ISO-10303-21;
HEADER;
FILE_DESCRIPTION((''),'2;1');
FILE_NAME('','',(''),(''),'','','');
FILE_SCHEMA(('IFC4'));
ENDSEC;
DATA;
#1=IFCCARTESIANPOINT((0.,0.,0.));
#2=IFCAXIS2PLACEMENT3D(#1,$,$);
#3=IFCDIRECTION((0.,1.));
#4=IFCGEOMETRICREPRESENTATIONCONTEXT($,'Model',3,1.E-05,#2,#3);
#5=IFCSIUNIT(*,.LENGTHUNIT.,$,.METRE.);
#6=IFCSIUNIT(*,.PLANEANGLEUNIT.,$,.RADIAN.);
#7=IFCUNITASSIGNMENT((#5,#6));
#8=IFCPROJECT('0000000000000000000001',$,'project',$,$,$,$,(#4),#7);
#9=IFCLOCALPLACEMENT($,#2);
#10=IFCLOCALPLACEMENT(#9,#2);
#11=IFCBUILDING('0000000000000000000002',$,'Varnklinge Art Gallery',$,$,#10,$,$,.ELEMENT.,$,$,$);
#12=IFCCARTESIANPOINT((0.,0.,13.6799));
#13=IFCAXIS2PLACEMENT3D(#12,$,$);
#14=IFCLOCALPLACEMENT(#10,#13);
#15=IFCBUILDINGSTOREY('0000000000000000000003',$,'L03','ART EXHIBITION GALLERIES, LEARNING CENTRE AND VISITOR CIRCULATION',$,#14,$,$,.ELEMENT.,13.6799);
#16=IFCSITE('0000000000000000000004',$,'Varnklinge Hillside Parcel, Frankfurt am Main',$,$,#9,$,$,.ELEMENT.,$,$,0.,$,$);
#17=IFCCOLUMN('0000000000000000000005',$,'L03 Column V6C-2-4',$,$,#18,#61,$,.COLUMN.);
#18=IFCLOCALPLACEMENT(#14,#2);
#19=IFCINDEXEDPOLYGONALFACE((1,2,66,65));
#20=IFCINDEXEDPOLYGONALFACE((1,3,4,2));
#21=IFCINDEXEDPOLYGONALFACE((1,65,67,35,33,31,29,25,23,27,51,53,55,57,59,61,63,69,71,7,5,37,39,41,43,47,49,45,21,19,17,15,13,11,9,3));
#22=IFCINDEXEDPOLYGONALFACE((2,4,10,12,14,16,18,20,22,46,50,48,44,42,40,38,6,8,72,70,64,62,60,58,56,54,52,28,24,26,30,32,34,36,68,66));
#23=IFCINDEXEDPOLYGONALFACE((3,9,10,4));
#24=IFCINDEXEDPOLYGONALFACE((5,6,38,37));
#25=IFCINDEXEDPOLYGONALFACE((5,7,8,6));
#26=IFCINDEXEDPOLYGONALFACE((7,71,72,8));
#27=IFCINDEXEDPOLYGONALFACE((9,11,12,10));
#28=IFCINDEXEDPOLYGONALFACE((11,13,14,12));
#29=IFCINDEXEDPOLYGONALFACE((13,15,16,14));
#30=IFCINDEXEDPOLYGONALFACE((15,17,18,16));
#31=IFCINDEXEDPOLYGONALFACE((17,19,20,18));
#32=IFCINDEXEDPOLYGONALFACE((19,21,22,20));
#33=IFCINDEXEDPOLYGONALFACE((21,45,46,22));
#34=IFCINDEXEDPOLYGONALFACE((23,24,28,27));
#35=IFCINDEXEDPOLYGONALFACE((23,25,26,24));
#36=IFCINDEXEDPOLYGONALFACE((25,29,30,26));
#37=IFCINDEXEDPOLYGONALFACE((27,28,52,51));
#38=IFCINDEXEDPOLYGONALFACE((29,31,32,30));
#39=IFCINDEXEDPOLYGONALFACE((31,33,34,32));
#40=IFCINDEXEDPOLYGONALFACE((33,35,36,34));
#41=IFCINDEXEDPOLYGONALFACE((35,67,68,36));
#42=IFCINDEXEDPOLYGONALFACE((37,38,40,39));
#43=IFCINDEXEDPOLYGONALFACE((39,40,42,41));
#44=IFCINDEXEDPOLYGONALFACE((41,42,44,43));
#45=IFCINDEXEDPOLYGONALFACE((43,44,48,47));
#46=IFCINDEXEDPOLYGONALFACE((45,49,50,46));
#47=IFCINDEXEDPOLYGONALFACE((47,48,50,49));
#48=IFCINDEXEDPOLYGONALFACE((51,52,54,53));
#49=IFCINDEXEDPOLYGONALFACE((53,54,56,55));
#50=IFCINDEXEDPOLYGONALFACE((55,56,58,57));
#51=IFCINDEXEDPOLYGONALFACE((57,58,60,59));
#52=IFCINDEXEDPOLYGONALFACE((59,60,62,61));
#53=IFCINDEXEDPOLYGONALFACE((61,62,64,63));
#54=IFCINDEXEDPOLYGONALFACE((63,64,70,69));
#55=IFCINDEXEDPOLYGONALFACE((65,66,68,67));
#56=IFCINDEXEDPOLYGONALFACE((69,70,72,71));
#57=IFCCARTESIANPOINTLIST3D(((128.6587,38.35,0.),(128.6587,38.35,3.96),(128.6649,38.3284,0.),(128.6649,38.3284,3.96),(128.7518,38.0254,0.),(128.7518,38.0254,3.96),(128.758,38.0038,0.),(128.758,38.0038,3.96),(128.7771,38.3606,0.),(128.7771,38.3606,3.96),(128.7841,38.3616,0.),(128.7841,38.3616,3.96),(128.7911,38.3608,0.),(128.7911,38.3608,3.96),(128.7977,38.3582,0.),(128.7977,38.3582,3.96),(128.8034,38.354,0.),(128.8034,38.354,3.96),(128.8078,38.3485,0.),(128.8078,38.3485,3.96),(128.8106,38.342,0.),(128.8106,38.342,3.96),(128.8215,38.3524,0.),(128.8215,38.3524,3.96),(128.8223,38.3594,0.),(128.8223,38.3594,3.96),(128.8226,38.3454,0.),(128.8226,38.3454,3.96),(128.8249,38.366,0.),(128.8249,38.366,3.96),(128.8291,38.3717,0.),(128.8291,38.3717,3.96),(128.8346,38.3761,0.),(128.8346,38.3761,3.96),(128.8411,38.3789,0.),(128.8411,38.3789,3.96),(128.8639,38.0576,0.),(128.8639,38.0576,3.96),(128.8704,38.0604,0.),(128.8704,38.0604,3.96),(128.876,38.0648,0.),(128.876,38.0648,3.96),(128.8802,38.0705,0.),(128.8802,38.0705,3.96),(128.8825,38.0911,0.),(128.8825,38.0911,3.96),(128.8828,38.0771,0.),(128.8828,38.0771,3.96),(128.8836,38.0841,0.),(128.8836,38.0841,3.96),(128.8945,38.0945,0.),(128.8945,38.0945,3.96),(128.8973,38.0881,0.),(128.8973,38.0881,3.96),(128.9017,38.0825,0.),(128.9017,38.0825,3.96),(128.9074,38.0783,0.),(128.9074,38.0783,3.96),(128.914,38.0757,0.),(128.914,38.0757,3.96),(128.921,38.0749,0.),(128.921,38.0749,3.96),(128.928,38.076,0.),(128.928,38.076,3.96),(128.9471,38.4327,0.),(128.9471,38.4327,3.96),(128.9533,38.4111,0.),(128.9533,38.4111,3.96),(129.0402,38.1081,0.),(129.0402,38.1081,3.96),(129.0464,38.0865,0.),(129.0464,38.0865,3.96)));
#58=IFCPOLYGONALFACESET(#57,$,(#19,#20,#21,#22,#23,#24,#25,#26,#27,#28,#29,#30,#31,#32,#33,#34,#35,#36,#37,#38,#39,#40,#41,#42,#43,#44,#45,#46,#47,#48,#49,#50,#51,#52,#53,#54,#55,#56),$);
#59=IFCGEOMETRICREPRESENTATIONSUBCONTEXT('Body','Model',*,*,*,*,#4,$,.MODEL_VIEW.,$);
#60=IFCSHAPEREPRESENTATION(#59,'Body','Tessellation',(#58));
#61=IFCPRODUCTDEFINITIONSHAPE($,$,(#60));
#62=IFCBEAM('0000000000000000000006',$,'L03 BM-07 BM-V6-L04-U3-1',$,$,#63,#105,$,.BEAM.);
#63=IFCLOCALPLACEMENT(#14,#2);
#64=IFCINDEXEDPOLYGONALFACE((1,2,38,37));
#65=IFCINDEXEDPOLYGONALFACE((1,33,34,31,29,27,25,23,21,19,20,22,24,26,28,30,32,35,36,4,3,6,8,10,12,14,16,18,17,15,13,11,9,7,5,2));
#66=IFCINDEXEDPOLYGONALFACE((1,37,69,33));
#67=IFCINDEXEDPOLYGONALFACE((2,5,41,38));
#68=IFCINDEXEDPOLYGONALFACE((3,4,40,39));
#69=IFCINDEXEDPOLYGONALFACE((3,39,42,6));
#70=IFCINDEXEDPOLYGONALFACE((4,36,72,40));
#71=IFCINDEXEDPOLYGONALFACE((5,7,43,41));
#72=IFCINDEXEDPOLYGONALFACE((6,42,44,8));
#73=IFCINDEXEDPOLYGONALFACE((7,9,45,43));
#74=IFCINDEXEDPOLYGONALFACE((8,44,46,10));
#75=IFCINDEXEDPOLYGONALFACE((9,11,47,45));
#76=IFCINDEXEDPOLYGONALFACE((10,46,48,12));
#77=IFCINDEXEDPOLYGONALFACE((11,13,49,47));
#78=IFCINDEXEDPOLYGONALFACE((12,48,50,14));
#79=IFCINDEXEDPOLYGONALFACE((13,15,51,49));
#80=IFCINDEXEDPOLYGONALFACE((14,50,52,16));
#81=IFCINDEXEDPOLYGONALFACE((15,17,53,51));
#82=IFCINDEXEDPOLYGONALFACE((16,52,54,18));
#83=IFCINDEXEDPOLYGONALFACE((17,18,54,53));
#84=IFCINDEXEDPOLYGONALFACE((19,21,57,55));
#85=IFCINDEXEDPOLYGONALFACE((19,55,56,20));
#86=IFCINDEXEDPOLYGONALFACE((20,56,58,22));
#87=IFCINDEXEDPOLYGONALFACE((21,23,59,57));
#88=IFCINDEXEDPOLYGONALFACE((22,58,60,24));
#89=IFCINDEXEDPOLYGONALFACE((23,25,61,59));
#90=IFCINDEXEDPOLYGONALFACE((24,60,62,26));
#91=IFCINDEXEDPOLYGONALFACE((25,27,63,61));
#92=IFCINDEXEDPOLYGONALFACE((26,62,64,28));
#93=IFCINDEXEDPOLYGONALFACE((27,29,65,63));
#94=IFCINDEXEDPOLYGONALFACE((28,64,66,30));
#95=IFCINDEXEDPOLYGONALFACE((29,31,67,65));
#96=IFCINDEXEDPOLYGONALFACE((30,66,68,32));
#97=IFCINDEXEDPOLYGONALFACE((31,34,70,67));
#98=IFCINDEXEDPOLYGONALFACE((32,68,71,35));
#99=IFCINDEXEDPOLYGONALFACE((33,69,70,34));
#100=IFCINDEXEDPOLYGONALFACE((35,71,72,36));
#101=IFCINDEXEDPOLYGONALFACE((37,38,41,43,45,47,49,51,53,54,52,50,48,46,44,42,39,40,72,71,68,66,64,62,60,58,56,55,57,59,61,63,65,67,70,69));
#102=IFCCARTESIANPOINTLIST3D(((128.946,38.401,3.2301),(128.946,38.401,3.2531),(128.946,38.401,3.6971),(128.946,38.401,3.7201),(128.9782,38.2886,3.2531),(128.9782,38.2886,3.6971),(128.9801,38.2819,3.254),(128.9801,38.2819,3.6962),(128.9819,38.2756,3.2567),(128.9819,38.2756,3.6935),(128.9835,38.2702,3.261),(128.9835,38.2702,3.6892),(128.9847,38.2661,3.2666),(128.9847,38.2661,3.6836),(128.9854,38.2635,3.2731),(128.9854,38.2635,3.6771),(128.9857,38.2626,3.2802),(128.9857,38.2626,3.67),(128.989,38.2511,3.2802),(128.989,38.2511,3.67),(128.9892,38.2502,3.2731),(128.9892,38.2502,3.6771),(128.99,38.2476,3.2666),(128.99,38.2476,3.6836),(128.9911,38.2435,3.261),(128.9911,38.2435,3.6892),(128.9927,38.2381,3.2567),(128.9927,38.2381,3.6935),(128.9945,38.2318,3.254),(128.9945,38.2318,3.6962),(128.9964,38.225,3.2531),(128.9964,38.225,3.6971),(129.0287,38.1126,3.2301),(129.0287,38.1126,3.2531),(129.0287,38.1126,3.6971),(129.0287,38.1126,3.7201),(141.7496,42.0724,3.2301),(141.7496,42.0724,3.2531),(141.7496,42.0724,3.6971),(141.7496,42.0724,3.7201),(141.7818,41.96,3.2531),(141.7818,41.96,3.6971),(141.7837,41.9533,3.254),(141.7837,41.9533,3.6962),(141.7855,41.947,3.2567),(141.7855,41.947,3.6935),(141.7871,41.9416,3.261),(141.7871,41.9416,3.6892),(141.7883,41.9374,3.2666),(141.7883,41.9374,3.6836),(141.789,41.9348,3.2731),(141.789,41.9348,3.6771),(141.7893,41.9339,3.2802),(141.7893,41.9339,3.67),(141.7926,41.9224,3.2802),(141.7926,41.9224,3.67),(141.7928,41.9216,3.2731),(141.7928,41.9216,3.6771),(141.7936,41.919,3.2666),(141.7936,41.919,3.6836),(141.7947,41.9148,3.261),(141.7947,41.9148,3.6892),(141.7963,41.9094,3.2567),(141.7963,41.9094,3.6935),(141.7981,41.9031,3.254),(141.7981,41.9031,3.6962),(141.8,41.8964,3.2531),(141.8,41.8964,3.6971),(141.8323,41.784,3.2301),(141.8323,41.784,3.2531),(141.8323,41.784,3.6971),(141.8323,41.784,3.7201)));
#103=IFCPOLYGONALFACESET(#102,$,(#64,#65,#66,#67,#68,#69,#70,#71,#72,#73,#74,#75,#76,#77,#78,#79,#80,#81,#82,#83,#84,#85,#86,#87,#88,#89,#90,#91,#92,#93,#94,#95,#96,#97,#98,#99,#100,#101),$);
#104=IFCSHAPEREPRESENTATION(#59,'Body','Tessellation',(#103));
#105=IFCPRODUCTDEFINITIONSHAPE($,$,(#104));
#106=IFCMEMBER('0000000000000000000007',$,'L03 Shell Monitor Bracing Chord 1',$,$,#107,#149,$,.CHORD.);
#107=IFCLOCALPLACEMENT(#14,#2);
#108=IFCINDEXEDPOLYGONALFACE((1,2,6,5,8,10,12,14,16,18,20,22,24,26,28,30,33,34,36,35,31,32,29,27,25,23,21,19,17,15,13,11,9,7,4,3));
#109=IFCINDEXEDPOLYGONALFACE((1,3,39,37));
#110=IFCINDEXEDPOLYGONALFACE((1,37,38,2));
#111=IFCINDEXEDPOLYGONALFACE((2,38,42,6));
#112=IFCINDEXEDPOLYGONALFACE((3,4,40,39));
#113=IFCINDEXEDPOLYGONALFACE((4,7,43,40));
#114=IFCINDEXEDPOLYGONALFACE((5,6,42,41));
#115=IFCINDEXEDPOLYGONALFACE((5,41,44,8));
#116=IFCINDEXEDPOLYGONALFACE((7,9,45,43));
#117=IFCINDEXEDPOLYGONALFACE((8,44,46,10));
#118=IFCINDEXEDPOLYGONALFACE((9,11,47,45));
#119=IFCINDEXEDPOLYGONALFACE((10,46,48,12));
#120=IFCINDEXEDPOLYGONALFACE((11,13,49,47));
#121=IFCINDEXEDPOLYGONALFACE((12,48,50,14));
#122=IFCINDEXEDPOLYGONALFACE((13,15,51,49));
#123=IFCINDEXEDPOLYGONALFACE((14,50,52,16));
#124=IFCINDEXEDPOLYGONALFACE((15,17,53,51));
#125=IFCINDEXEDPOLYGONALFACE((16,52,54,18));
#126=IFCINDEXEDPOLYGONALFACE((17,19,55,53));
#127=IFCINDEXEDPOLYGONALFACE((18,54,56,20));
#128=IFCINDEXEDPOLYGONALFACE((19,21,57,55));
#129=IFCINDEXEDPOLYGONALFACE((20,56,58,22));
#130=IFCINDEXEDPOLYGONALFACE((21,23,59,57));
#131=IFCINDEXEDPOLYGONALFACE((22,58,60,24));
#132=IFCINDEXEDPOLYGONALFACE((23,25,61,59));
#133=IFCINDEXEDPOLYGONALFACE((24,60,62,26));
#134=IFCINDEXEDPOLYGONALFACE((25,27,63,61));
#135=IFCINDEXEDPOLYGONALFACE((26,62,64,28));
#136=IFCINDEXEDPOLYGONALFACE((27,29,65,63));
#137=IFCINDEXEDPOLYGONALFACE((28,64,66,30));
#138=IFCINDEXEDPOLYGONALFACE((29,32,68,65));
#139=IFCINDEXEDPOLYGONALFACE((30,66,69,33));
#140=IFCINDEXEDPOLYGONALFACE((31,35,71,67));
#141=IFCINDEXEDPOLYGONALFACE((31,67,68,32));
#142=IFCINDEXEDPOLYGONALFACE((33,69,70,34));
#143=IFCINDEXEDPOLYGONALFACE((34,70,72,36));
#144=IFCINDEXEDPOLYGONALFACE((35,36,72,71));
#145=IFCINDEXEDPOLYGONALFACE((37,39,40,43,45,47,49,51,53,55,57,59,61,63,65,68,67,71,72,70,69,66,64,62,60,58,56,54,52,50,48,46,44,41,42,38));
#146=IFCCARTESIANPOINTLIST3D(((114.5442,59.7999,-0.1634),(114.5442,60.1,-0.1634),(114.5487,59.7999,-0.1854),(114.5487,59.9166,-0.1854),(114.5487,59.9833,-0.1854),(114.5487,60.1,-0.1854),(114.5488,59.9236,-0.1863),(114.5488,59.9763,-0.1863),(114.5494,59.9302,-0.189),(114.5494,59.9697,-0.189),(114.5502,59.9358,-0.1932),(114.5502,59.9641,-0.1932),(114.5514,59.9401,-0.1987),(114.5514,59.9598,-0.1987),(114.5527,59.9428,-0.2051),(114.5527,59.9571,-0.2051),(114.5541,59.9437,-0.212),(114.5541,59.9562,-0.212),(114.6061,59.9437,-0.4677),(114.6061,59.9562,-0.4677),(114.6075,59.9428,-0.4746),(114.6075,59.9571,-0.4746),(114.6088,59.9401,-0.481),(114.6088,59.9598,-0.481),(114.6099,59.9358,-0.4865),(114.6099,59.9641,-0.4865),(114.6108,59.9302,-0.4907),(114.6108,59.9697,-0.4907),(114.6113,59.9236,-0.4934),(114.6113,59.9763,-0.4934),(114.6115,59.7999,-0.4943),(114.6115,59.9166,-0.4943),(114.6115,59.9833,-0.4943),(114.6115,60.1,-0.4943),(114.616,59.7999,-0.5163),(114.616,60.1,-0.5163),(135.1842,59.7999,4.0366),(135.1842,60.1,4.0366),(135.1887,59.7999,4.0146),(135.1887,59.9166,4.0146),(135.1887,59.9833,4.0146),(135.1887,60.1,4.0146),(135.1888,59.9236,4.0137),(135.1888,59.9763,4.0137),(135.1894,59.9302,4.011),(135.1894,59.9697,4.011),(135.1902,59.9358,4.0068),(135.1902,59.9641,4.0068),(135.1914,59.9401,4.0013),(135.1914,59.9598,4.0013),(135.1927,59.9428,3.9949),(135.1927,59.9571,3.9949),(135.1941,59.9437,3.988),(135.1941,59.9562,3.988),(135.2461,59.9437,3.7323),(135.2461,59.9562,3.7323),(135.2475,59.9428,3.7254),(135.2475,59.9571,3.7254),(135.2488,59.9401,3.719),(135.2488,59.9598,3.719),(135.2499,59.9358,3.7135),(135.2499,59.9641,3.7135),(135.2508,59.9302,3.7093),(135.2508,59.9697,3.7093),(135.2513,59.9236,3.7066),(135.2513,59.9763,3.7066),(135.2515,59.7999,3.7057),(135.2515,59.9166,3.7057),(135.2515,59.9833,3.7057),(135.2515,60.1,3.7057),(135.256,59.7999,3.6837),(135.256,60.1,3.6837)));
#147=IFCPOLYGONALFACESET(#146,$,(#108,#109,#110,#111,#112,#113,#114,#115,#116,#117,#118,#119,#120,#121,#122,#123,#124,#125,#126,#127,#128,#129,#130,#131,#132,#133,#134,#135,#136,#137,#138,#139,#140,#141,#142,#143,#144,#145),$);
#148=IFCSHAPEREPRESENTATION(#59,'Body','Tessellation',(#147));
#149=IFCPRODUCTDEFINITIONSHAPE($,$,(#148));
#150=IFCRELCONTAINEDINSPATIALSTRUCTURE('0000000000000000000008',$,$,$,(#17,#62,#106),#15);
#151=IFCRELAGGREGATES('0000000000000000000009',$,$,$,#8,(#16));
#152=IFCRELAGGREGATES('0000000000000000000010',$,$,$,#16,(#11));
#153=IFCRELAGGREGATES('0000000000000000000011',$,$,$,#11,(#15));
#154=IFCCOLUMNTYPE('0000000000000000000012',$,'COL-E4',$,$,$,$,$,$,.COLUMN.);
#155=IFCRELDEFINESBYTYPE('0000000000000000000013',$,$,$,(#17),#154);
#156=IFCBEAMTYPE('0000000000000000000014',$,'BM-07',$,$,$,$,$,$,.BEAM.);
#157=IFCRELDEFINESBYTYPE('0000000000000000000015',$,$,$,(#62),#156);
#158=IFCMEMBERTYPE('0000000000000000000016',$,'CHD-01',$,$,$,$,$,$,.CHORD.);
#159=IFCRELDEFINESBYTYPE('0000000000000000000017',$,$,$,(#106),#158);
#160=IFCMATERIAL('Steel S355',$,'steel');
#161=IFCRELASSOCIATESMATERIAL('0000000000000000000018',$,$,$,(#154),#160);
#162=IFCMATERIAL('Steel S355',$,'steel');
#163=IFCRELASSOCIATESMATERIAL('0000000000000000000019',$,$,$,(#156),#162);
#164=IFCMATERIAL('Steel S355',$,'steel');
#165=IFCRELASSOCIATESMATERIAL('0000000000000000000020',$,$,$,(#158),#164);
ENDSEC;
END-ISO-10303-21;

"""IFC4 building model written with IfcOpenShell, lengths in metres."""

from ifc_helpers import new_model, si_unit, direction, frame, origin, origin_2d, place, context, subcontext, project, spatial, i_section, extrude, material, material_profile, profile_set, type_object, element, save


model = new_model("IFC4")

# Units and contexts
model_context = context("Model", 3, precision=1e-05, world=origin(), true_north=direction((0.0, 1.0)))
body_context = subcontext(model_context, "Body", "Model", "MODEL_VIEW")
ifc_project = project(units=[si_unit("LENGTHUNIT", "METRE"), si_unit("PLANEANGLEUNIT", "RADIAN")], contexts=[model_context])

# Site, building, storey
site_placement = place(None, origin())
site = spatial("IfcSite", under=ifc_project, at=site_placement, Name="Varnklinge Hillside Parcel, Frankfurt am Main", CompositionType="ELEMENT", RefElevation=0.0)
building_placement = place(site_placement, origin())
building = spatial("IfcBuilding", under=site, at=building_placement, Name="Varnklinge Art Gallery", CompositionType="ELEMENT")
storey_placement = place(building_placement, frame((0.0, 0.0, 13.6799)))
storey = spatial("IfcBuildingStorey", under=building, at=storey_placement, Name="L03", Description="ART EXHIBITION GALLERIES, LEARNING CENTRE AND VISITOR CIRCULATION", CompositionType="ELEMENT", Elevation=13.6799)

# Column
ifc_material_1 = material(Name="Steel S355", Category="steel")
ifc_material_profile_1 = material_profile(ifc_material_1, i_section(OverallWidth=0.3, OverallDepth=0.3601, WebThickness=0.0125, FlangeThickness=0.0225, FilletRadius=0.0271, at=origin_2d()), Name="HEB 360")
ifc_profile_set_1 = profile_set([ifc_material_profile_1], Name="Steel S355")
column_type = type_object("IfcColumnType", Name="COL-E4", PredefinedType="COLUMN", material=ifc_profile_set_1)
column_placement = place(storey_placement, frame((128.8525, 38.2183, 0.0), z_axis=(0.0, 0.0, 1.0), x_axis=(0.961262, 0.275637, 0.0)))
element("IfcColumn", 1, at=column_placement, inside=storey, type_object=column_type, Name="L03 Column V6C-2-4", PredefinedType="COLUMN", context=body_context, shape_type="SweptSolid", body=[
    extrude(i_section(OverallWidth=0.3, OverallDepth=0.3601, WebThickness=0.0125, FlangeThickness=0.0225, FilletRadius=0.0271, at=origin_2d()), origin(), (0.0, 0.0, 1.0), 3.96),
])

# Beam
ifc_material_2 = material(Name="Steel S355", Category="steel")
ifc_material_profile_2 = material_profile(ifc_material_2, i_section(OverallWidth=0.3, OverallDepth=0.49, WebThickness=0.012, FlangeThickness=0.0229, FilletRadius=0.0271, at=origin_2d()), Name="HEA 500")
ifc_profile_set_2 = profile_set([ifc_material_profile_2], Name="Steel S355")
beam_type_1 = type_object("IfcBeamType", Name="BM-07", PredefinedType="BEAM", material=ifc_profile_set_2)
beam_1_placement = place(storey_placement, frame((128.9873, 38.2568, 3.4751), z_axis=(0.961262, 0.275636, 0.0), x_axis=(-0.275636, 0.961262, 0.0)))
element("IfcBeam", 2, at=beam_1_placement, inside=storey, type_object=beam_type_1, Name="L03 BM-07 BM-V6-L04-U3-1", PredefinedType="BEAM", context=body_context, shape_type="SweptSolid", body=[
    extrude(i_section(OverallWidth=0.3, OverallDepth=0.49, WebThickness=0.012, FlangeThickness=0.0229, FilletRadius=0.0271, at=origin_2d()), origin(), (0.0, 0.0, 1.0), 13.3196),
])

# Member
ifc_material_3 = material(Name="Steel S355", Category="steel")
ifc_material_profile_3 = material_profile(ifc_material_3, i_section(OverallWidth=0.3, OverallDepth=0.3601, WebThickness=0.0125, FlangeThickness=0.0225, FilletRadius=0.0271, at=origin_2d()), Name="HEB 360")
ifc_profile_set_3 = profile_set([ifc_material_profile_3], Name="Steel S355")
member_type_1 = type_object("IfcMemberType", Name="CHD-01", PredefinedType="CHORD", material=ifc_profile_set_3)
member_1_placement = place(storey_placement, frame((114.5801, 59.95, -0.3398), z_axis=(0.979918, 0.0, 0.199401), x_axis=(0.0, 1.0, 0.0)))
element("IfcMember", 3, at=member_1_placement, inside=storey, type_object=member_type_1, Name="L03 Shell Monitor Bracing Chord 1", PredefinedType="CHORD", context=body_context, shape_type="SweptSolid", body=[
    extrude(i_section(OverallWidth=0.3, OverallDepth=0.3601, WebThickness=0.0125, FlangeThickness=0.0225, FilletRadius=0.0271, at=origin_2d()), origin(), (0.0, 0.0, 1.0), 21.063),
])

save(model, "model.ifc")
